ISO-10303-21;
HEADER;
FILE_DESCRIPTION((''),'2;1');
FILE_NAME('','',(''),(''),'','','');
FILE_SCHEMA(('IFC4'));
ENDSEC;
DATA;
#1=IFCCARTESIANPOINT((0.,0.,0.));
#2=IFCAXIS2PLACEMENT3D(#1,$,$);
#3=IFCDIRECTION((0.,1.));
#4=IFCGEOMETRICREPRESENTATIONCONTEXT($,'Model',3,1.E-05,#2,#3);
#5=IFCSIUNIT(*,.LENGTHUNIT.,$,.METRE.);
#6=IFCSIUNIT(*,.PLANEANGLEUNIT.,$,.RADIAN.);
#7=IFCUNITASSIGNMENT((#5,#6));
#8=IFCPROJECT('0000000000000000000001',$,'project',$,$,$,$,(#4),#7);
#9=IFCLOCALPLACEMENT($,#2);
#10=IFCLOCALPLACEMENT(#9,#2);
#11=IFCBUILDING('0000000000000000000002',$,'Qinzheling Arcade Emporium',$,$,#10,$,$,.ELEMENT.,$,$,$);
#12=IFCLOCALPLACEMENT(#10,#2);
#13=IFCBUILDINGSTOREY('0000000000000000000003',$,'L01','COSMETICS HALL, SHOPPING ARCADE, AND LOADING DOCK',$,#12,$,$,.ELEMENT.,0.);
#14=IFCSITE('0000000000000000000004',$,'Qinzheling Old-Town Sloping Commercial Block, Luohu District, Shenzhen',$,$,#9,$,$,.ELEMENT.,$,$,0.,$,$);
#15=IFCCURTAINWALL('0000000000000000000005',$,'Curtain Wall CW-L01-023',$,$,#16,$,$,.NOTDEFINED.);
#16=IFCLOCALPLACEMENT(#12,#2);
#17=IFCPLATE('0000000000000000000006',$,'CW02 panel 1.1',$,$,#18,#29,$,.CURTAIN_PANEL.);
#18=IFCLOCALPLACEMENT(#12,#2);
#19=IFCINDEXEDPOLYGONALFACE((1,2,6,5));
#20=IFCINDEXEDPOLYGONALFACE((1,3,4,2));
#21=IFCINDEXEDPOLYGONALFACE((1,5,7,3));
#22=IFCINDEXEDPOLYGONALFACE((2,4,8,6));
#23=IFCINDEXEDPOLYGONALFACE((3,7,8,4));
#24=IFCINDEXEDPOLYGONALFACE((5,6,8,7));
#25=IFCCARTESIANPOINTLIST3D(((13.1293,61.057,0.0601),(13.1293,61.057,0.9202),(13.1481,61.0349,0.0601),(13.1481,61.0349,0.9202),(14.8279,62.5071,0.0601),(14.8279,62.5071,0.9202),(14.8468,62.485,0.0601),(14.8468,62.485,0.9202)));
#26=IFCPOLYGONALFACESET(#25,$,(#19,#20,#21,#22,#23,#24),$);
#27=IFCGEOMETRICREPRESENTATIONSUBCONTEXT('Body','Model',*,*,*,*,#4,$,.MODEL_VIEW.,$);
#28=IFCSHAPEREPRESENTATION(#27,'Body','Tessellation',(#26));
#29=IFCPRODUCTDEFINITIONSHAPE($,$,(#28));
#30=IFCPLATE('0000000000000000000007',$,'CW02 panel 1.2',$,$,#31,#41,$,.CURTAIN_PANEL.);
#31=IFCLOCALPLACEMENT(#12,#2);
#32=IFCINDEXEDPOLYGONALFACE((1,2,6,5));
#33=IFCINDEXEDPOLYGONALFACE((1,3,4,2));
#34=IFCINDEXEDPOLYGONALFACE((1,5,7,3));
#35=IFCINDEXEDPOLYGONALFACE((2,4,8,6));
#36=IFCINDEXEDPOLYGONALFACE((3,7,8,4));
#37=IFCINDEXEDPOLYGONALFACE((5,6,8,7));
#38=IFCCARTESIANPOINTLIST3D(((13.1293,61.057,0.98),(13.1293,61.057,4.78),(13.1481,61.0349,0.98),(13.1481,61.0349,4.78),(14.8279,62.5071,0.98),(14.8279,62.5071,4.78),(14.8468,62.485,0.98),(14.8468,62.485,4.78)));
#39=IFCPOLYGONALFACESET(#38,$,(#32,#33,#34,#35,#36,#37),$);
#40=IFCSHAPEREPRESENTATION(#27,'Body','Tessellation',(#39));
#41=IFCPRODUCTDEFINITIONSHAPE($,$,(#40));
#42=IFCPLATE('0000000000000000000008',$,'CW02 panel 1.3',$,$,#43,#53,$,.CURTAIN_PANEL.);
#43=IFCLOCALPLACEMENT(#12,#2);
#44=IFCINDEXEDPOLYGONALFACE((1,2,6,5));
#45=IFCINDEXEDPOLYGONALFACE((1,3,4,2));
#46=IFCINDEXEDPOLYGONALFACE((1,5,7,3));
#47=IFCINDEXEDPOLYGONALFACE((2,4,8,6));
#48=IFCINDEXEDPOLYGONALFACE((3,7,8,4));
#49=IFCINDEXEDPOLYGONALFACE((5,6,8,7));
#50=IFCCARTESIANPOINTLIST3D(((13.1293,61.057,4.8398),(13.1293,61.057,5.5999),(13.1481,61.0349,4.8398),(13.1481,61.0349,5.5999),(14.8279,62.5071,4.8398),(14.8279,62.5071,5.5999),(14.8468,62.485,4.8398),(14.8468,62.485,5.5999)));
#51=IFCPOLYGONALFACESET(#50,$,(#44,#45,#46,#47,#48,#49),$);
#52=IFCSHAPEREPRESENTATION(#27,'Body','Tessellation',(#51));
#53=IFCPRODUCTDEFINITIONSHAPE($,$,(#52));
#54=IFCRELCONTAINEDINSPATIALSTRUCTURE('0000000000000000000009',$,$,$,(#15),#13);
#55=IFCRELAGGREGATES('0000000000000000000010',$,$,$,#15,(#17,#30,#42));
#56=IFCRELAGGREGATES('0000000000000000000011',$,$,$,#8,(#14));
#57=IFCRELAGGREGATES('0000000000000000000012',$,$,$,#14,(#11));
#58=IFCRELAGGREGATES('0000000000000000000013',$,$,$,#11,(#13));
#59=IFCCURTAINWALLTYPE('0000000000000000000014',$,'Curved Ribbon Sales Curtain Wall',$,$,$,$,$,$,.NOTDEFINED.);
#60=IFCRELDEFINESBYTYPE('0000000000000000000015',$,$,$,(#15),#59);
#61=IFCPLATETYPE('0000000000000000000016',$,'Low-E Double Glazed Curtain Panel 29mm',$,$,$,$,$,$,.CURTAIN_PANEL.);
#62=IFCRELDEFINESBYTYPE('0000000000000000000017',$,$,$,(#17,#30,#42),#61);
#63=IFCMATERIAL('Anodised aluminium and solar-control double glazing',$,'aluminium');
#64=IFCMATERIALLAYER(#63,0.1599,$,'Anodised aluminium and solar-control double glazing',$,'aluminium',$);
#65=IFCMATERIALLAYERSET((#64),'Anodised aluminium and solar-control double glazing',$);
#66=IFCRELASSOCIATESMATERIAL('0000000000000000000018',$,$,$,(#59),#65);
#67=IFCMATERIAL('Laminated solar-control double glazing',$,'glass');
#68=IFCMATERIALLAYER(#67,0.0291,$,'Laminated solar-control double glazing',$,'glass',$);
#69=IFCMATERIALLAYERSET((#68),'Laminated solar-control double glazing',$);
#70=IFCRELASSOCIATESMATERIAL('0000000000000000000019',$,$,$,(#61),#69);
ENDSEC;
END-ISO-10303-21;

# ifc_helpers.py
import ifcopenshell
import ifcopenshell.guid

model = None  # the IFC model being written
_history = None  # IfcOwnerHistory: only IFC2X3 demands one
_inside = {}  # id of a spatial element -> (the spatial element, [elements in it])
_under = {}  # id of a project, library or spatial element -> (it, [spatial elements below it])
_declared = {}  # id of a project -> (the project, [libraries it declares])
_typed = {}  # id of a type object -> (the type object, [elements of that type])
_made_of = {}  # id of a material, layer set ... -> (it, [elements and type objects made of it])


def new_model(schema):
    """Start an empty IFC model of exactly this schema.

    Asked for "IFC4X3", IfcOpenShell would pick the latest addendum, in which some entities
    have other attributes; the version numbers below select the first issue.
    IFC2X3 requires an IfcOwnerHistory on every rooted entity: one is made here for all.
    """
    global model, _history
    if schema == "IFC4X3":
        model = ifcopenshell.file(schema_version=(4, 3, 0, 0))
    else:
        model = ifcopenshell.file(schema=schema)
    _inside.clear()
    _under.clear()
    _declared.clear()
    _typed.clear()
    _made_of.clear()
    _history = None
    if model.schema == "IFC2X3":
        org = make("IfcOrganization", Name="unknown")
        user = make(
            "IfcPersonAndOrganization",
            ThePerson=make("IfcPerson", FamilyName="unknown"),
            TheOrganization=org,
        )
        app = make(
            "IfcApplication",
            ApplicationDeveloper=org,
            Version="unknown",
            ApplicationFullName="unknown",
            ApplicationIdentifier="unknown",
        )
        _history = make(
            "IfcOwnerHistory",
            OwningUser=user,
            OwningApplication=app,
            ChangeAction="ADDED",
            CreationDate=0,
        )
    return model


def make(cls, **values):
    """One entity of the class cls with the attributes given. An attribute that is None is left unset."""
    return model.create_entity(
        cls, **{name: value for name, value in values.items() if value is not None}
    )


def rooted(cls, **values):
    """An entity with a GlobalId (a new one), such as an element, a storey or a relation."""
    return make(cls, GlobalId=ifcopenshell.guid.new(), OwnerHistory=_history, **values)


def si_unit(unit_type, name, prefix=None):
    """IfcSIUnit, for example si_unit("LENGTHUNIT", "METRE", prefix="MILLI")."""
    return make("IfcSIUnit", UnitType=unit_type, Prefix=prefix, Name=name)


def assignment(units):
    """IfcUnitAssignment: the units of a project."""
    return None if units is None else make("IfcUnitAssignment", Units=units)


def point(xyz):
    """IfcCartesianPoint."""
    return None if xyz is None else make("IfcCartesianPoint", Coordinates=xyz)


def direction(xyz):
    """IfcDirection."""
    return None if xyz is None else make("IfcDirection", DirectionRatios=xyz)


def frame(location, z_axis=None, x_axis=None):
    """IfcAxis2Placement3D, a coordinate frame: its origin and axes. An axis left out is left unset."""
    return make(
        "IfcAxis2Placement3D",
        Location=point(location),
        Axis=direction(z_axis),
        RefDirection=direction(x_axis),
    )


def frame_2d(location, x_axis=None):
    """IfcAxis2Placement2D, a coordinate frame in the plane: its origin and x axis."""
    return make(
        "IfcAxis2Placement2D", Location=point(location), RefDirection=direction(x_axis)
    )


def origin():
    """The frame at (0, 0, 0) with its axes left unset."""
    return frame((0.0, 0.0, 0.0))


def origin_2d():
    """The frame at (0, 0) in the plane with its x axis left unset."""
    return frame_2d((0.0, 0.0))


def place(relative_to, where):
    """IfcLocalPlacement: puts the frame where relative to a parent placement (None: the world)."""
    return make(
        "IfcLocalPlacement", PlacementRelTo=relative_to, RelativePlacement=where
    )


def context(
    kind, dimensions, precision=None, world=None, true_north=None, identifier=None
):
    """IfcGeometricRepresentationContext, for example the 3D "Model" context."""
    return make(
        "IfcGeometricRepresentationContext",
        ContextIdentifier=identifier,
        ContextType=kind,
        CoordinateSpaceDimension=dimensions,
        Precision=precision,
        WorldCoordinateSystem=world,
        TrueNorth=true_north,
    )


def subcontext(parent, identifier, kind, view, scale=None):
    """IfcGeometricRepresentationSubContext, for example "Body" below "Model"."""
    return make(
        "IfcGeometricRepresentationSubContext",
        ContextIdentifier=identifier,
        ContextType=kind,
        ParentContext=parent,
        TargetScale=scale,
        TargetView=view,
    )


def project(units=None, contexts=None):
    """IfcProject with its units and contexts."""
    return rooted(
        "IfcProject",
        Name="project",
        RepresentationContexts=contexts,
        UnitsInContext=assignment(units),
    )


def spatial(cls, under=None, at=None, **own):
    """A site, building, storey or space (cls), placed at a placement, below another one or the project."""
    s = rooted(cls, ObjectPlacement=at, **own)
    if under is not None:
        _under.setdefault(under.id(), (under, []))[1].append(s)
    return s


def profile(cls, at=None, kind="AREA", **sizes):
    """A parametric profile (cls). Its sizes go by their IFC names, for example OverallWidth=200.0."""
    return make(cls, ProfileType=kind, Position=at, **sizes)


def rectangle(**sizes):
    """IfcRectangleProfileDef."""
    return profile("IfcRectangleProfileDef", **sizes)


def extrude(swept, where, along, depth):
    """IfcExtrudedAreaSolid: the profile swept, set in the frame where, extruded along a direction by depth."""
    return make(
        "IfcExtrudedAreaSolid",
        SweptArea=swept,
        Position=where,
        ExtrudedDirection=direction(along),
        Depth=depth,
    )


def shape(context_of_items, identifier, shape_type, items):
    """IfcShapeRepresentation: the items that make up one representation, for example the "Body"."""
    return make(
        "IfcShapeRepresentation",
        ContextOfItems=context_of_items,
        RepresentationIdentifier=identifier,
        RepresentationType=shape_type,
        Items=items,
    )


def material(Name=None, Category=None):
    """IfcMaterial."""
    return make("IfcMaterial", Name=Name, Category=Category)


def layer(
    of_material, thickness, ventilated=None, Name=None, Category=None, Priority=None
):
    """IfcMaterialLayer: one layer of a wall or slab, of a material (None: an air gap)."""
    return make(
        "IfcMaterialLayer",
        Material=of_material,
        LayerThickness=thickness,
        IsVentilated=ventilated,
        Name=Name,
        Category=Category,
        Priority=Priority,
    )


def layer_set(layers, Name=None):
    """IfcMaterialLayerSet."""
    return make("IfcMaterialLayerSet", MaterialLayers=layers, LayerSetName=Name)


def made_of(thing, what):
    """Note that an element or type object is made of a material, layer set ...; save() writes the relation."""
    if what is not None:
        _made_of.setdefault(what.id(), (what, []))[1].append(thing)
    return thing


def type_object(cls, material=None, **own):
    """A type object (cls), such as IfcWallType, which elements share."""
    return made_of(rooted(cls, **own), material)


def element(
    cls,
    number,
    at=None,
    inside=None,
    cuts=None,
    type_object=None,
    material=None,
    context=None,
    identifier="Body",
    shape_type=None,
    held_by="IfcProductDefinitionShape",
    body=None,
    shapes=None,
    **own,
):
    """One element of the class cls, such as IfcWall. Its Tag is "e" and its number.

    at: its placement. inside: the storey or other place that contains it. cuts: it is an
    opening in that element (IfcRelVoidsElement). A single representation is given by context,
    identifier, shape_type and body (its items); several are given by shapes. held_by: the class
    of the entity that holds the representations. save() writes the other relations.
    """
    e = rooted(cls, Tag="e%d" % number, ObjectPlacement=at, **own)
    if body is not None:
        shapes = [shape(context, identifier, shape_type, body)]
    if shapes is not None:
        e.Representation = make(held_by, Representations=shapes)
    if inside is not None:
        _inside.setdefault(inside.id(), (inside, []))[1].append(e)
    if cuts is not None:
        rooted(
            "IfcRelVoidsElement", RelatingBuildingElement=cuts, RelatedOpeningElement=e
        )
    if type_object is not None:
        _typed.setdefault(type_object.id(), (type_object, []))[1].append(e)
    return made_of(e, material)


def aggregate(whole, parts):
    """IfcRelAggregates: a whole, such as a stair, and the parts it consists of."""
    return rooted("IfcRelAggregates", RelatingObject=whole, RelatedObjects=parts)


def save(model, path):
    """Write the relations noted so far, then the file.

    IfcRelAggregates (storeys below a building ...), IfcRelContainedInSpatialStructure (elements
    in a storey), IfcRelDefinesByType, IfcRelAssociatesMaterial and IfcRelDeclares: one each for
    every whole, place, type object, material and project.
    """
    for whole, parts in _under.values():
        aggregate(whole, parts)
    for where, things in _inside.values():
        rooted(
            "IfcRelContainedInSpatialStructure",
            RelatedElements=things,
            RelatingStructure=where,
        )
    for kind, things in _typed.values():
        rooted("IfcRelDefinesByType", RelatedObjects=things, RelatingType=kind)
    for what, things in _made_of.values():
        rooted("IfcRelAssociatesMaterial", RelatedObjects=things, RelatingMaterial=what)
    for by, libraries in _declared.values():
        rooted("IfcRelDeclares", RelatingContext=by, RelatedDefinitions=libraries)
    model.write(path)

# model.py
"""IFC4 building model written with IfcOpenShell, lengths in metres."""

from ifc_helpers import new_model, si_unit, direction, frame, origin, origin_2d, place, context, subcontext, project, spatial, rectangle, extrude, material, layer, layer_set, type_object, element, aggregate, save


model = new_model("IFC4")

# Units and contexts
model_context = context("Model", 3, precision=1e-05, world=origin(), true_north=direction((0.0, 1.0)))
body_context = subcontext(model_context, "Body", "Model", "MODEL_VIEW")
ifc_project = project(units=[si_unit("LENGTHUNIT", "METRE"), si_unit("PLANEANGLEUNIT", "RADIAN")], contexts=[model_context])

# Site, building, storey
site_placement = place(None, origin())
site = spatial("IfcSite", under=ifc_project, at=site_placement, Name="Qinzheling Old-Town Sloping Commercial Block, Luohu District, Shenzhen", CompositionType="ELEMENT", RefElevation=0.0)
building_placement = place(site_placement, origin())
building = spatial("IfcBuilding", under=site, at=building_placement, Name="Qinzheling Arcade Emporium", CompositionType="ELEMENT")
storey_placement = place(building_placement, origin())
storey = spatial("IfcBuildingStorey", under=building, at=storey_placement, Name="L01", Description="COSMETICS HALL, SHOPPING ARCADE, AND LOADING DOCK", CompositionType="ELEMENT", Elevation=0.0)

# Shared definitions
ifc_material_1 = material(Name="Anodised aluminium and solar-control double glazing", Category="aluminium")
ifc_layer_1 = layer(ifc_material_1, 0.1599, Name="Anodised aluminium and solar-control double glazing", Category="aluminium")
ifc_layer_set_1 = layer_set([ifc_layer_1], Name="Anodised aluminium and solar-control double glazing")
curtain_wall_type = type_object("IfcCurtainWallType", Name="Curved Ribbon Sales Curtain Wall", PredefinedType="NOTDEFINED", material=ifc_layer_set_1)

# Curtain wall
curtain_wall_1_placement = place(storey_placement, origin())
curtain_wall_1 = element("IfcCurtainWall", 1, at=curtain_wall_1_placement, inside=storey, type_object=curtain_wall_type, Name="Curtain Wall CW-L01-023", PredefinedType="NOTDEFINED")

# Plates
ifc_material_2 = material(Name="Laminated solar-control double glazing", Category="glass")
ifc_layer_2 = layer(ifc_material_2, 0.0291, Name="Laminated solar-control double glazing", Category="glass")
ifc_layer_set_2 = layer_set([ifc_layer_2], Name="Laminated solar-control double glazing")
plate_type_1 = type_object("IfcPlateType", Name="Low-E Double Glazed Curtain Panel 29mm", PredefinedType="CURTAIN_PANEL", material=ifc_layer_set_2)
plate_1_placement = place(storey_placement, frame((13.988, 61.771, 0.0601), z_axis=(0.0, 0.0, 1.0), x_axis=(0.760575, 0.64925, 0.0)))
plate_1 = element("IfcPlate", 2, at=plate_1_placement, type_object=plate_type_1, Name="CW02 panel 1.1", PredefinedType="CURTAIN_PANEL", context=body_context, shape_type="SweptSolid", body=[
    extrude(rectangle(XDim=2.2334, YDim=0.0291, at=origin_2d()), origin(), (0.0, 0.0, 1.0), 0.8601),
])
plate_2_placement = place(storey_placement, frame((13.988, 61.771, 0.98), z_axis=(0.0, 0.0, 1.0), x_axis=(0.760575, 0.64925, 0.0)))
plate_2 = element("IfcPlate", 3, at=plate_2_placement, type_object=plate_type_1, Name="CW02 panel 1.2", PredefinedType="CURTAIN_PANEL", context=body_context, shape_type="SweptSolid", body=[
    extrude(rectangle(XDim=2.2334, YDim=0.0291, at=origin_2d()), origin(), (0.0, 0.0, 1.0), 3.8),
])
plate_3_placement = place(storey_placement, frame((13.988, 61.771, 4.8398), z_axis=(0.0, 0.0, 1.0), x_axis=(0.760575, 0.64925, 0.0)))
plate_3 = element("IfcPlate", 4, at=plate_3_placement, type_object=plate_type_1, Name="CW02 panel 1.3", PredefinedType="CURTAIN_PANEL", context=body_context, shape_type="SweptSolid", body=[
    extrude(rectangle(XDim=2.2334, YDim=0.0291, at=origin_2d()), origin(), (0.0, 0.0, 1.0), 0.76),
])
aggregate(curtain_wall_1, [plate_1, plate_2, plate_3])

save(model, "model.ifc")
